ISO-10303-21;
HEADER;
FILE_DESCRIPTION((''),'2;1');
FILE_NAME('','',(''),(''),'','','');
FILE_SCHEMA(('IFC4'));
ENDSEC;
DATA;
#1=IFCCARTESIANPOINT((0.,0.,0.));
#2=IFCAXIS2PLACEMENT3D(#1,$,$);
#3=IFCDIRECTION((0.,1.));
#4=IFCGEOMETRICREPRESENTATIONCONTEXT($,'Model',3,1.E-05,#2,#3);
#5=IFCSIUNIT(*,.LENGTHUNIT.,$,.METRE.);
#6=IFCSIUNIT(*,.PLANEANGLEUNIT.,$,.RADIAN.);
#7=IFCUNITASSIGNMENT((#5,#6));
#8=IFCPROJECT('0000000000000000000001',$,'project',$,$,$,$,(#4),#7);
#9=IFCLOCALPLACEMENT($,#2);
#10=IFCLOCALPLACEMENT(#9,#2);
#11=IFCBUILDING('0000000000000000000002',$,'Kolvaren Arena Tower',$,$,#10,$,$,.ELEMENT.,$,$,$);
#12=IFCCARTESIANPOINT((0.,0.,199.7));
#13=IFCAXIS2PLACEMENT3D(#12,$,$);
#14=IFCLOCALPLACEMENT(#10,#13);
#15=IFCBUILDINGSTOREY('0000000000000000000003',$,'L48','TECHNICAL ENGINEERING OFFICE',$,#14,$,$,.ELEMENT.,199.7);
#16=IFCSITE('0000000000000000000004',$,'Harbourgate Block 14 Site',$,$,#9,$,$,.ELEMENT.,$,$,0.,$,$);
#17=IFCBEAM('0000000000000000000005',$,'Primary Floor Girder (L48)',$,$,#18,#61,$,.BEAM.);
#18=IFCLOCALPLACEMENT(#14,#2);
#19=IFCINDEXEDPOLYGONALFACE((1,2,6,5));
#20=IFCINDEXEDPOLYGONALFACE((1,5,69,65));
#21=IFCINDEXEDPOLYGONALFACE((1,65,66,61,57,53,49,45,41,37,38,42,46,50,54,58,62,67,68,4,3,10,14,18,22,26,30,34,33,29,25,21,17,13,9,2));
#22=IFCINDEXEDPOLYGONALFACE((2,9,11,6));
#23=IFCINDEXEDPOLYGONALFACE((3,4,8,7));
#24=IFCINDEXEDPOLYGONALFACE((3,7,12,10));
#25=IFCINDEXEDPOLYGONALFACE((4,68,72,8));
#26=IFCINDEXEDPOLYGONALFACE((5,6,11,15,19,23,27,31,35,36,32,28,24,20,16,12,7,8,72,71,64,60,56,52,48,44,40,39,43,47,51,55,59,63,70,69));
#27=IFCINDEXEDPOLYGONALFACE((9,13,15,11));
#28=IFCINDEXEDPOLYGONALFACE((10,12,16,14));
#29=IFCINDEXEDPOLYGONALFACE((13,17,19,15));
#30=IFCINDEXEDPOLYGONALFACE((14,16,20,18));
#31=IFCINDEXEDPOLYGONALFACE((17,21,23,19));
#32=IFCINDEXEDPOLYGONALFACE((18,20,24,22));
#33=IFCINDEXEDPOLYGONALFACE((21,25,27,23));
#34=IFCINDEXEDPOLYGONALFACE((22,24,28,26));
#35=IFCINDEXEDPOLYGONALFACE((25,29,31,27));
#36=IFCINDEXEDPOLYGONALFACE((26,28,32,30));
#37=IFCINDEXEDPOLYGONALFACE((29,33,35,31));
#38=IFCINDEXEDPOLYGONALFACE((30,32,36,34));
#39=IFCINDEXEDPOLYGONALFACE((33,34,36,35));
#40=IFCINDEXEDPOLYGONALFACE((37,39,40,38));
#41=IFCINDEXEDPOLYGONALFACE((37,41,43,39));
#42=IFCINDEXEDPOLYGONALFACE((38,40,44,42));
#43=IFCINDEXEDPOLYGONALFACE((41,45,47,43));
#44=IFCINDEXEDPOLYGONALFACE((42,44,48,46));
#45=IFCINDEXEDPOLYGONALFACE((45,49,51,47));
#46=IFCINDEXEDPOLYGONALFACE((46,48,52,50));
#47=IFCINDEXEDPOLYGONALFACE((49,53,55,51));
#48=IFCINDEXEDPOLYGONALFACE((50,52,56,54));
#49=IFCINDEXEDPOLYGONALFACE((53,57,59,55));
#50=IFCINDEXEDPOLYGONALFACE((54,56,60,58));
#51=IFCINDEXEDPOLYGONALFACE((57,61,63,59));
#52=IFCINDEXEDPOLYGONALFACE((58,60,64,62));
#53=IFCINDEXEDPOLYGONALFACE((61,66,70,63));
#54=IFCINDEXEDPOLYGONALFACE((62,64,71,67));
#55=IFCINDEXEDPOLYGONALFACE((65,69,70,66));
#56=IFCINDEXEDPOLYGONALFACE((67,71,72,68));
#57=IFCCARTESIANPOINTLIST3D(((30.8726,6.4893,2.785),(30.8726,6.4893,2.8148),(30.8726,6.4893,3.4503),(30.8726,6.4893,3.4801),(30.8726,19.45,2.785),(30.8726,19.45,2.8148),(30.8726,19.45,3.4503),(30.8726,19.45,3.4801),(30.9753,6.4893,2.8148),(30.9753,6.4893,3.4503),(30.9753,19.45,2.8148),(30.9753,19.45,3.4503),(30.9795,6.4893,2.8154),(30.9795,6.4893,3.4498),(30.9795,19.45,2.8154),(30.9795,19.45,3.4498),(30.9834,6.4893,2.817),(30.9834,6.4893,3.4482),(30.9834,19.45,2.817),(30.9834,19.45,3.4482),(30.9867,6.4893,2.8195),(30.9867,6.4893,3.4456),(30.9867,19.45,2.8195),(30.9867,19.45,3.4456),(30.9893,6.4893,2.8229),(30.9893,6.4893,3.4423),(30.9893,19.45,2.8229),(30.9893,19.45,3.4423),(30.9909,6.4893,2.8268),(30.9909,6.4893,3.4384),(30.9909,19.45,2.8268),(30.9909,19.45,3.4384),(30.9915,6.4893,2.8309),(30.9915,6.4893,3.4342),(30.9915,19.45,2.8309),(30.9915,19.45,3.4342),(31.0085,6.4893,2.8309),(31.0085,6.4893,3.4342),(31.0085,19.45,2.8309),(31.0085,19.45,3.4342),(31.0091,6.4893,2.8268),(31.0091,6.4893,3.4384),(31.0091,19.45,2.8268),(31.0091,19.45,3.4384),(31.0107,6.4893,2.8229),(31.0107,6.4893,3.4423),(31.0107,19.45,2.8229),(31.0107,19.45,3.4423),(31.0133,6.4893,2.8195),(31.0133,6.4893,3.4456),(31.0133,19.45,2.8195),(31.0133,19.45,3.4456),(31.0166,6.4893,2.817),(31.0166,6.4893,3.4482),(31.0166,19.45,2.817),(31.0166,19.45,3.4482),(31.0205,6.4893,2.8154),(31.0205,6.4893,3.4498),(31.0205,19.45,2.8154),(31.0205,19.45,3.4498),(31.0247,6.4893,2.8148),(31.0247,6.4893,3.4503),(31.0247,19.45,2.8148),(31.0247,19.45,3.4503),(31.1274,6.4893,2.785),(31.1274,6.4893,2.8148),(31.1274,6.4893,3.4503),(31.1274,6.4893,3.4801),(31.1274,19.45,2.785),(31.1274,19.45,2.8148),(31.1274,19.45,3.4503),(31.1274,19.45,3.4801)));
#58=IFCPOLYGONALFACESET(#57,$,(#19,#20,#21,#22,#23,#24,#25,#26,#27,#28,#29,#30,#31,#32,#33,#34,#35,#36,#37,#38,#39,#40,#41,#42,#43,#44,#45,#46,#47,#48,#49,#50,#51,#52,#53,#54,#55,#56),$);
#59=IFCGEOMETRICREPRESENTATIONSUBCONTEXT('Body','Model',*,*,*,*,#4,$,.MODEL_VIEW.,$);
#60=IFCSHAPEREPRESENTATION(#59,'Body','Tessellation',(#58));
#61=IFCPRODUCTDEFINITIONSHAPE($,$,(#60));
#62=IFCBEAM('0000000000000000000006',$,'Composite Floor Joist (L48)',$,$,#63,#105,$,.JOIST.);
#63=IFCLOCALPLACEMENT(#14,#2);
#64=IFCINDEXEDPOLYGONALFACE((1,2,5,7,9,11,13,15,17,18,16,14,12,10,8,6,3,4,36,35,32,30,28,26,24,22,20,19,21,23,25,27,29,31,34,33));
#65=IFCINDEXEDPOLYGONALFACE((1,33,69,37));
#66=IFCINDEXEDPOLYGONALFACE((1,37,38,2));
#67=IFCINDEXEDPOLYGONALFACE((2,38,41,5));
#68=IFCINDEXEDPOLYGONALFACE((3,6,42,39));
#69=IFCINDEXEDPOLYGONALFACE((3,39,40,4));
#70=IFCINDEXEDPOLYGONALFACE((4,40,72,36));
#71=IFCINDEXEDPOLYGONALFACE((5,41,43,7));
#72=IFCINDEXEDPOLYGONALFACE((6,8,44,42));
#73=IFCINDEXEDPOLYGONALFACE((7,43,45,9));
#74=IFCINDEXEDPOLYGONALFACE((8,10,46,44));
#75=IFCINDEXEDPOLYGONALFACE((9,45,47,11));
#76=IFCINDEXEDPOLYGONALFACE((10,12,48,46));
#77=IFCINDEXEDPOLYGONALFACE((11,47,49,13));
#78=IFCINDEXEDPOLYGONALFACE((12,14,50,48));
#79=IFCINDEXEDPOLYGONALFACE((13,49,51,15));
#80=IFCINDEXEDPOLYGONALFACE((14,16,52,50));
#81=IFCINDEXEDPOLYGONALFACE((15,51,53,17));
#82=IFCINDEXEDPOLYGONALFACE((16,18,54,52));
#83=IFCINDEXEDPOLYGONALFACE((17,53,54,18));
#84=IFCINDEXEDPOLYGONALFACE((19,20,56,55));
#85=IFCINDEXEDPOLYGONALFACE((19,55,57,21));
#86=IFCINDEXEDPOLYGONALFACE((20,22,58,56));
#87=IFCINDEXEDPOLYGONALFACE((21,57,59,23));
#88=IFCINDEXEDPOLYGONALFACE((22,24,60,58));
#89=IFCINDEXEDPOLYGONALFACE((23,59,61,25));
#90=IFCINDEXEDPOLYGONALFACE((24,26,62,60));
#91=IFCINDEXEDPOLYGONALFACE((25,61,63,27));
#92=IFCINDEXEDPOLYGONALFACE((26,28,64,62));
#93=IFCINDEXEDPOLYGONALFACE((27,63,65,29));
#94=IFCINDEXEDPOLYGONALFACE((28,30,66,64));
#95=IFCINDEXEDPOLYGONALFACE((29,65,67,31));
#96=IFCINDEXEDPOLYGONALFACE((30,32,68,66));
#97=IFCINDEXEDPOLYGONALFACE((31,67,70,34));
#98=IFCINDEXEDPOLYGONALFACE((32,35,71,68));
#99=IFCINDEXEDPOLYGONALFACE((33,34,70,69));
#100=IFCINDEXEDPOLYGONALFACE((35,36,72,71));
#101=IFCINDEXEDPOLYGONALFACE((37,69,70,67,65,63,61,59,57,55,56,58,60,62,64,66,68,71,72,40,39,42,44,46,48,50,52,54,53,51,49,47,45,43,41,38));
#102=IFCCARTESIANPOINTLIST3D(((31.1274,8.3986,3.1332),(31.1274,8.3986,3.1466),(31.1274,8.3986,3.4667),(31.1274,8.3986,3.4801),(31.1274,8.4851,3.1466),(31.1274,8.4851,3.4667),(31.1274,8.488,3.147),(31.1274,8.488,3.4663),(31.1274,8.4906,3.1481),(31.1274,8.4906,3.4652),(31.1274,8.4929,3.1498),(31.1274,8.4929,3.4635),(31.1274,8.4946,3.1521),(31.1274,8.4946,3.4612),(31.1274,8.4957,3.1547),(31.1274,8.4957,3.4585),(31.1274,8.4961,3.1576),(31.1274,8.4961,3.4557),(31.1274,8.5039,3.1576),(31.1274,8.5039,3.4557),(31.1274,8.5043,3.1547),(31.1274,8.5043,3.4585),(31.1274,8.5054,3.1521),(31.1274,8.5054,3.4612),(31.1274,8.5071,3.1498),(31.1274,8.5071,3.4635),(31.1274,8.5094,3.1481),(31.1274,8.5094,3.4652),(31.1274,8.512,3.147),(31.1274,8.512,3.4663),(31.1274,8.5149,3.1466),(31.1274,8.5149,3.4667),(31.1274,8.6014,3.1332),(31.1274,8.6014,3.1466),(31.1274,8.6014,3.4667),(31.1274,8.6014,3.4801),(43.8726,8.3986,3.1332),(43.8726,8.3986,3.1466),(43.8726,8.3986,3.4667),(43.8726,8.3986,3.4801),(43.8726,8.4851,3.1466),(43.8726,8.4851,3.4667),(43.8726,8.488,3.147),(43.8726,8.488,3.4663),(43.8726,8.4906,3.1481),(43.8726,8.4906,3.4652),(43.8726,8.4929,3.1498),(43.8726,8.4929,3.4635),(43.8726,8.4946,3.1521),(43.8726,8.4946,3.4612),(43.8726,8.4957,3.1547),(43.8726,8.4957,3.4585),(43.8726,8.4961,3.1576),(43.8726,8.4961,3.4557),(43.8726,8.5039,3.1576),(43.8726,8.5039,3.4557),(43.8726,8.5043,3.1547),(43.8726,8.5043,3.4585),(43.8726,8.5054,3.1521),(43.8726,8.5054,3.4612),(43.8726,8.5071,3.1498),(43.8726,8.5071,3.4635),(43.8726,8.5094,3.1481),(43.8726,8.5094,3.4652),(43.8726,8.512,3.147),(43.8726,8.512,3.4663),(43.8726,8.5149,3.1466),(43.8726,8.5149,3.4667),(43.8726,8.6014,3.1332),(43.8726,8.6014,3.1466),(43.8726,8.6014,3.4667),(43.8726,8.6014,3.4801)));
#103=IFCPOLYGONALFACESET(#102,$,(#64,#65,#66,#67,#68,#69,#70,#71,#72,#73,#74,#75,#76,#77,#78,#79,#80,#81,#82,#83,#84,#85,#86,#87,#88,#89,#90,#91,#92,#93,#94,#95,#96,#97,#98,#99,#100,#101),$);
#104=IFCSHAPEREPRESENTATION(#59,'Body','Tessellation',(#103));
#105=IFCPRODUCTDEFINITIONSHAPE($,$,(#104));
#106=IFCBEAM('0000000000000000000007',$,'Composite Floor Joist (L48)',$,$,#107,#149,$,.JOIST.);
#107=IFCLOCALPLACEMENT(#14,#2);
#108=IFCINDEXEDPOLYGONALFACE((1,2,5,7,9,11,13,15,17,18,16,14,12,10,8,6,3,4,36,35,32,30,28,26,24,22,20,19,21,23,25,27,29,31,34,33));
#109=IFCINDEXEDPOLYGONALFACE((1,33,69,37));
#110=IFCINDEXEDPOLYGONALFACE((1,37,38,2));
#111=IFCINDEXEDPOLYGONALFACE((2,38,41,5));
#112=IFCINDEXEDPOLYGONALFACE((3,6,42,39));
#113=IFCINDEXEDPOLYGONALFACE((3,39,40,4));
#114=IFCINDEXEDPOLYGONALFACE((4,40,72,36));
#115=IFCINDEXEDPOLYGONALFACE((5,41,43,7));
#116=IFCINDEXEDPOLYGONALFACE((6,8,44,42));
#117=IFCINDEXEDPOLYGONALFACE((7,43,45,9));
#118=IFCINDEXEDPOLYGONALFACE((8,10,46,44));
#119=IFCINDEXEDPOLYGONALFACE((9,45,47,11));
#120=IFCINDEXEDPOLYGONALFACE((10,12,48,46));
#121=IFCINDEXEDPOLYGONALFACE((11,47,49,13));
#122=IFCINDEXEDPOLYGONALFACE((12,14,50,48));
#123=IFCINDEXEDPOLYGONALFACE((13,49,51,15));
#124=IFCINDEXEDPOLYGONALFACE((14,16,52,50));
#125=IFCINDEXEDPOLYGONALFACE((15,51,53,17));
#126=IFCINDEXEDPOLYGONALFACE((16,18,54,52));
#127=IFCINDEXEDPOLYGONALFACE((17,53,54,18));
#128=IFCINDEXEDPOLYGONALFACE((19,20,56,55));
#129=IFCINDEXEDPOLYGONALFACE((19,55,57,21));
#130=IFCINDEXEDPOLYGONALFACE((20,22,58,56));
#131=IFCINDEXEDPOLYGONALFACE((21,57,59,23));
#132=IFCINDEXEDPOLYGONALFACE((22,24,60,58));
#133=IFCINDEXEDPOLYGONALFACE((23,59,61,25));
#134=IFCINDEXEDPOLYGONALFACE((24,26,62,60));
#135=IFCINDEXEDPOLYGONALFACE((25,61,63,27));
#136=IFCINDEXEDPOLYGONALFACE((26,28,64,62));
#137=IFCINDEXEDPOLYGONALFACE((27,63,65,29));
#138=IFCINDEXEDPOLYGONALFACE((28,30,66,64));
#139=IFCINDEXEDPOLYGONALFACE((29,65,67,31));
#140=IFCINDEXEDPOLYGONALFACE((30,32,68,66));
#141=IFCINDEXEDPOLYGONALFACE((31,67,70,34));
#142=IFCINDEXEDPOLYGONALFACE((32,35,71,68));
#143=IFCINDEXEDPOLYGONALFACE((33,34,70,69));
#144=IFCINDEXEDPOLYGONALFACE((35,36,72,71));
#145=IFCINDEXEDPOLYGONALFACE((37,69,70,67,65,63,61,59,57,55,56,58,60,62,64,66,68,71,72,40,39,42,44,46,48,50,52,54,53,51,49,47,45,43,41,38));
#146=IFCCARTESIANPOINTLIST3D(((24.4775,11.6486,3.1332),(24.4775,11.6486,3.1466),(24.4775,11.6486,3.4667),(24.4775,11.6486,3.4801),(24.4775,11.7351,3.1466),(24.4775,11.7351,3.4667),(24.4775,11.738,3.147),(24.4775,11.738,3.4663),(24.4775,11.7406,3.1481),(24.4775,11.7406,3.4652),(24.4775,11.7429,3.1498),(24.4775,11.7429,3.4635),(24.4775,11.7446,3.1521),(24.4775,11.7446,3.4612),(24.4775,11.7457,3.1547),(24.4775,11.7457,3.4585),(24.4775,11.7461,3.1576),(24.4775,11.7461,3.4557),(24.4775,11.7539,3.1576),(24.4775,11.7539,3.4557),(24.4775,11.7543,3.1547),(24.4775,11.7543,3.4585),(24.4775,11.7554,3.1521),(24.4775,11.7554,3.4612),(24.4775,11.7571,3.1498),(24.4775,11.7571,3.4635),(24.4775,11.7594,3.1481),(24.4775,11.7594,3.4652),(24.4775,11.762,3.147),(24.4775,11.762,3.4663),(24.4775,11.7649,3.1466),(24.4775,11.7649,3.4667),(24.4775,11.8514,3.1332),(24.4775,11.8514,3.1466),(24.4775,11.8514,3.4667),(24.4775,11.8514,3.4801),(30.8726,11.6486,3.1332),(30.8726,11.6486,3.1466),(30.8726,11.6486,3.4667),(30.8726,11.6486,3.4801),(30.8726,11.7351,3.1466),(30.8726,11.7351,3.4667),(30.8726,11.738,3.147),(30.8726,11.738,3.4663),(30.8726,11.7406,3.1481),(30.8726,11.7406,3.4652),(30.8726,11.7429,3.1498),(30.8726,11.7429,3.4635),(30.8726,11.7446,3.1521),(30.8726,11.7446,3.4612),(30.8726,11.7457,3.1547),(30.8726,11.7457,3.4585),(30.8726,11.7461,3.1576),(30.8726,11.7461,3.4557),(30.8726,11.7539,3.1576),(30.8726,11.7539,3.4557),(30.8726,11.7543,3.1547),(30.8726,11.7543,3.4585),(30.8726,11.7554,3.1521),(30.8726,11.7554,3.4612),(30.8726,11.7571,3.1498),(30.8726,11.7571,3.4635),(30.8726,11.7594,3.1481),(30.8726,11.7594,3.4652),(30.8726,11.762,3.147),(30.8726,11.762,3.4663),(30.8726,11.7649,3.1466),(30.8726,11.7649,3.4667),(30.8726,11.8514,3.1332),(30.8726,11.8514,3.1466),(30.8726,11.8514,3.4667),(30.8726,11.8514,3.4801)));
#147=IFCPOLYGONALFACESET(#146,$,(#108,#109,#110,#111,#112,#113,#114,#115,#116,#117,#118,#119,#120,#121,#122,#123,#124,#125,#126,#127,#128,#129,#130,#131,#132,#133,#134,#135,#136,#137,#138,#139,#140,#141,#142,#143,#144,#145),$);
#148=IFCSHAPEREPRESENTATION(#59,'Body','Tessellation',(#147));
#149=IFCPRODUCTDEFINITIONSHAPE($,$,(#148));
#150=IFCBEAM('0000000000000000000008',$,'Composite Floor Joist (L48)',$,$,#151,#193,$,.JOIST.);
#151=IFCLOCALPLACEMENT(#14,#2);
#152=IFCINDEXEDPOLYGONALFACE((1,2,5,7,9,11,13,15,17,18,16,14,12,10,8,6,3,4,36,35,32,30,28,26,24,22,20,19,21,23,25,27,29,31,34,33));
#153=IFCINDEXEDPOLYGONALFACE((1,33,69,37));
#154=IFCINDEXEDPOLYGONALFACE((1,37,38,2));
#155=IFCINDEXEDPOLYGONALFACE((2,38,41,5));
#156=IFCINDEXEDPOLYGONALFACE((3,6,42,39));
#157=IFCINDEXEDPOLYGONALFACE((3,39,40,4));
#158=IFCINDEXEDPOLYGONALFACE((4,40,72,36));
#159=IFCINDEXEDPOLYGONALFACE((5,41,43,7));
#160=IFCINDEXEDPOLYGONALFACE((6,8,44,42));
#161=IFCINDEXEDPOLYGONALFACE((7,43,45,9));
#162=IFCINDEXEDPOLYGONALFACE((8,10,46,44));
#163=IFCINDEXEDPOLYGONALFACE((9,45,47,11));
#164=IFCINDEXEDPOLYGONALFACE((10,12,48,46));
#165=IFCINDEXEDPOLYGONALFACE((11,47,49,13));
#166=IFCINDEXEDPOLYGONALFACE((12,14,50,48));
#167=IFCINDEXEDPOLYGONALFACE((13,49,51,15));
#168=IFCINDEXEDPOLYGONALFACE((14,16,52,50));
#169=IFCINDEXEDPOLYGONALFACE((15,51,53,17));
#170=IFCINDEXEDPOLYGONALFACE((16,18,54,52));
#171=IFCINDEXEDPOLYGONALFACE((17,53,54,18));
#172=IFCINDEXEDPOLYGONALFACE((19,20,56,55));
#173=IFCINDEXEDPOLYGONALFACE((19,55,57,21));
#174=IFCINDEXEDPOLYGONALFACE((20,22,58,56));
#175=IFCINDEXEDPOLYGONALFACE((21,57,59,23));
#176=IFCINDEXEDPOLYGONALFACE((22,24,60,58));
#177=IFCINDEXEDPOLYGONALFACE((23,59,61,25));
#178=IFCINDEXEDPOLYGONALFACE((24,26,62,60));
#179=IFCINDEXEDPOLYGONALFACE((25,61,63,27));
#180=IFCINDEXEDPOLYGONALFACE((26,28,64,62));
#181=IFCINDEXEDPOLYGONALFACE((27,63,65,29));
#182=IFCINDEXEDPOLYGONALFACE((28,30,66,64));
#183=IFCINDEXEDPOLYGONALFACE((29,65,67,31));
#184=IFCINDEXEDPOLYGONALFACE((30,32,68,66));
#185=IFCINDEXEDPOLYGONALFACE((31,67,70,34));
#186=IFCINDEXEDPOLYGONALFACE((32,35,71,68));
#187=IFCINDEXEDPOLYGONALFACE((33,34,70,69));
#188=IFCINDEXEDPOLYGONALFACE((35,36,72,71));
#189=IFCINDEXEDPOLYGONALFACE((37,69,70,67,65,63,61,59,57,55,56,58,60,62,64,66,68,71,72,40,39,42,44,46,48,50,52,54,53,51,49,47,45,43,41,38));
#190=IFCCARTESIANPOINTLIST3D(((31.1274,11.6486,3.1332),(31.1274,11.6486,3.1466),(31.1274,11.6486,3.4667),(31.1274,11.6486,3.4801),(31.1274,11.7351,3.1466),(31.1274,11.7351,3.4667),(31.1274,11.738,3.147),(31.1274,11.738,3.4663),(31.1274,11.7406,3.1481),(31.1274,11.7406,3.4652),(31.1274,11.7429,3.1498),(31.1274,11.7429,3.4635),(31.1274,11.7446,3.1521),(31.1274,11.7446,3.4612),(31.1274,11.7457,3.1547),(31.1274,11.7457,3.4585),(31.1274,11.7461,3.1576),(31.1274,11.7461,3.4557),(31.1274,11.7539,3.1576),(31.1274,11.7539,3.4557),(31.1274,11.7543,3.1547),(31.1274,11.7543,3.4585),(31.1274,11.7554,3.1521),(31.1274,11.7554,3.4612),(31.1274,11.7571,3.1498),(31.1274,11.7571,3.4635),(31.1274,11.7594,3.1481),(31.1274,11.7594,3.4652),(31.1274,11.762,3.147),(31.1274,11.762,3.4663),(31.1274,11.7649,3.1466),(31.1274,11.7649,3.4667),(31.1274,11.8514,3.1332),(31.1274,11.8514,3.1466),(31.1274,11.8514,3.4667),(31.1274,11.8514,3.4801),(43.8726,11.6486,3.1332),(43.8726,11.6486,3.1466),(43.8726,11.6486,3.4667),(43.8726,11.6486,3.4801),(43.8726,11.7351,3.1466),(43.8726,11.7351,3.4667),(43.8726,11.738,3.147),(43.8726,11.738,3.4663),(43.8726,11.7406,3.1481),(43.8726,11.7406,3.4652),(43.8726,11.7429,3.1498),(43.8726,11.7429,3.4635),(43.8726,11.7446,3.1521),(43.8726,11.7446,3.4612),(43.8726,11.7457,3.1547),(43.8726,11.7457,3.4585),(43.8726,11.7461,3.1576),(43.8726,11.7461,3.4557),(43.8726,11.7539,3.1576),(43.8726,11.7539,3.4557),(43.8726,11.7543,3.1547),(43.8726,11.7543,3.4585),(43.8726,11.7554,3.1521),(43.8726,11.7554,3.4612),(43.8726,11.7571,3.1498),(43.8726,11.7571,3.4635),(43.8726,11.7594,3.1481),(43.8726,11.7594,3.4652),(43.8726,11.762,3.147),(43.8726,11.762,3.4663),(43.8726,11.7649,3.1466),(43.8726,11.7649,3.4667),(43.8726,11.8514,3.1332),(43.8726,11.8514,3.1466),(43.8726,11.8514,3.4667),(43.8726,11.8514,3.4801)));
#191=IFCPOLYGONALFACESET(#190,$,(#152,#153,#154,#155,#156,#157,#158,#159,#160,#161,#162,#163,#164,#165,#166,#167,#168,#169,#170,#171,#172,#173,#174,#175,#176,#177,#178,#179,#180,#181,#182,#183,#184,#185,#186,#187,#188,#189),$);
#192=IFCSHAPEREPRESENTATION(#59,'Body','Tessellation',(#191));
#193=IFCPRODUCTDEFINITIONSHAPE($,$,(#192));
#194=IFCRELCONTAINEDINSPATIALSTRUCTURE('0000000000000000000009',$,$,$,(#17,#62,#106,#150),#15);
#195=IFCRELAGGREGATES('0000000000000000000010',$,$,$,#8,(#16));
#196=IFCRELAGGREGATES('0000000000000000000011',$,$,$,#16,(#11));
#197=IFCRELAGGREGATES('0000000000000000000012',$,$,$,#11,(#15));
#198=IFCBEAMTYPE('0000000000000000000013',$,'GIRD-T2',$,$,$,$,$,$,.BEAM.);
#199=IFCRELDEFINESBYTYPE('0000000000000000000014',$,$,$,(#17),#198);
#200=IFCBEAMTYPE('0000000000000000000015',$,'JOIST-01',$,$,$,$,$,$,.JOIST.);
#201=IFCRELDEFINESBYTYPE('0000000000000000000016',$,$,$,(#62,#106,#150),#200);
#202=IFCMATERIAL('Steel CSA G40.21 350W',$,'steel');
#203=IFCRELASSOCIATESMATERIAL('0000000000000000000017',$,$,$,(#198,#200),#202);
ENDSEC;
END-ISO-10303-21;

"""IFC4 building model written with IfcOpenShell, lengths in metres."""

from ifc_helpers import new_model, si_unit, direction, frame, origin, origin_2d, place, context, subcontext, project, spatial, i_section, extrude, material, material_profile, profile_set, type_object, element, save


model = new_model("IFC4")

# Units and contexts
model_context = context("Model", 3, precision=1e-05, world=origin(), true_north=direction((0.0, 1.0)))
body_context = subcontext(model_context, "Body", "Model", "MODEL_VIEW")
ifc_project = project(units=[si_unit("LENGTHUNIT", "METRE"), si_unit("PLANEANGLEUNIT", "RADIAN")], contexts=[model_context])

# Site, building, storey
site_placement = place(None, origin())
site = spatial("IfcSite", under=ifc_project, at=site_placement, Name="Harbourgate Block 14 Site", CompositionType="ELEMENT", RefElevation=0.0)
building_placement = place(site_placement, origin())
building = spatial("IfcBuilding", under=site, at=building_placement, Name="Kolvaren Arena Tower", CompositionType="ELEMENT")
storey_placement = place(building_placement, frame((0.0, 0.0, 199.7)))
storey = spatial("IfcBuildingStorey", under=building, at=storey_placement, Name="L48", Description="TECHNICAL ENGINEERING OFFICE", CompositionType="ELEMENT", Elevation=199.7)

# Beams
ifc_material_1 = material(Name="Steel CSA G40.21 350W", Category="steel")
ifc_material_profile_1 = material_profile(ifc_material_1, i_section(OverallWidth=0.2549, OverallDepth=0.6951, WebThickness=0.0171, FlangeThickness=0.0298, FilletRadius=0.0161, at=origin_2d()), Name="W690x217")
ifc_profile_set_1 = profile_set([ifc_material_profile_1], Name="Steel CSA G40.21 350W")
beam_type_1 = type_object("IfcBeamType", Name="GIRD-T2", PredefinedType="BEAM", material=ifc_profile_set_1)
beam_1_placement = place(storey_placement, frame((31.0, 6.4893, 3.1326), z_axis=(0.0, 1.0, 0.0), x_axis=(-1.0, 0.0, 0.0)))
element("IfcBeam", 1, at=beam_1_placement, inside=storey, type_object=beam_type_1, Name="Primary Floor Girder (L48)", PredefinedType="BEAM", context=body_context, shape_type="SweptSolid", body=[
    extrude(i_section(OverallWidth=0.2549, OverallDepth=0.6951, WebThickness=0.0171, FlangeThickness=0.0298, FilletRadius=0.0161, at=origin_2d()), origin(), (0.0, 0.0, 1.0), 12.9607),
])
ifc_material_profile_2 = material_profile(ifc_material_1, i_section(OverallWidth=0.2029, OverallDepth=0.3469, WebThickness=0.0078, FlangeThickness=0.0134, FilletRadius=0.011, at=origin_2d()), Name="W360x64")
ifc_profile_set_2 = profile_set([ifc_material_profile_2], Name="Steel CSA G40.21 350W")
beam_type_2 = type_object("IfcBeamType", Name="JOIST-01", PredefinedType="JOIST", material=ifc_profile_set_2)
beam_2_placement = place(storey_placement, frame((31.1274, 8.5, 3.3066), z_axis=(1.0, 0.0, 0.0), x_axis=(0.0, 1.0, 0.0)))
element("IfcBeam", 2, at=beam_2_placement, inside=storey, type_object=beam_type_2, Name="Composite Floor Joist (L48)", PredefinedType="JOIST", context=body_context, shape_type="SweptSolid", body=[
    extrude(i_section(OverallWidth=0.2029, OverallDepth=0.3469, WebThickness=0.0078, FlangeThickness=0.0134, FilletRadius=0.011, at=origin_2d()), origin(), (0.0, 0.0, 1.0), 12.7451),
])
beam_3_placement = place(storey_placement, frame((24.4775, 11.75, 3.3066), z_axis=(1.0, 0.0, 0.0), x_axis=(0.0, 1.0, 0.0)))
element("IfcBeam", 3, at=beam_3_placement, inside=storey, type_object=beam_type_2, Name="Composite Floor Joist (L48)", PredefinedType="JOIST", context=body_context, shape_type="SweptSolid", body=[
    extrude(i_section(OverallWidth=0.2029, OverallDepth=0.3469, WebThickness=0.0078, FlangeThickness=0.0134, FilletRadius=0.011, at=origin_2d()), origin(), (0.0, 0.0, 1.0), 6.395),
])
beam_4_placement = place(storey_placement, frame((31.1274, 11.75, 3.3066), z_axis=(1.0, 0.0, 0.0), x_axis=(0.0, 1.0, 0.0)))
element("IfcBeam", 4, at=beam_4_placement, inside=storey, type_object=beam_type_2, Name="Composite Floor Joist (L48)", PredefinedType="JOIST", context=body_context, shape_type="SweptSolid", body=[
    extrude(i_section(OverallWidth=0.2029, OverallDepth=0.3469, WebThickness=0.0078, FlangeThickness=0.0134, FilletRadius=0.011, at=origin_2d()), origin(), (0.0, 0.0, 1.0), 12.7451),
])

save(model, "model.ifc")
